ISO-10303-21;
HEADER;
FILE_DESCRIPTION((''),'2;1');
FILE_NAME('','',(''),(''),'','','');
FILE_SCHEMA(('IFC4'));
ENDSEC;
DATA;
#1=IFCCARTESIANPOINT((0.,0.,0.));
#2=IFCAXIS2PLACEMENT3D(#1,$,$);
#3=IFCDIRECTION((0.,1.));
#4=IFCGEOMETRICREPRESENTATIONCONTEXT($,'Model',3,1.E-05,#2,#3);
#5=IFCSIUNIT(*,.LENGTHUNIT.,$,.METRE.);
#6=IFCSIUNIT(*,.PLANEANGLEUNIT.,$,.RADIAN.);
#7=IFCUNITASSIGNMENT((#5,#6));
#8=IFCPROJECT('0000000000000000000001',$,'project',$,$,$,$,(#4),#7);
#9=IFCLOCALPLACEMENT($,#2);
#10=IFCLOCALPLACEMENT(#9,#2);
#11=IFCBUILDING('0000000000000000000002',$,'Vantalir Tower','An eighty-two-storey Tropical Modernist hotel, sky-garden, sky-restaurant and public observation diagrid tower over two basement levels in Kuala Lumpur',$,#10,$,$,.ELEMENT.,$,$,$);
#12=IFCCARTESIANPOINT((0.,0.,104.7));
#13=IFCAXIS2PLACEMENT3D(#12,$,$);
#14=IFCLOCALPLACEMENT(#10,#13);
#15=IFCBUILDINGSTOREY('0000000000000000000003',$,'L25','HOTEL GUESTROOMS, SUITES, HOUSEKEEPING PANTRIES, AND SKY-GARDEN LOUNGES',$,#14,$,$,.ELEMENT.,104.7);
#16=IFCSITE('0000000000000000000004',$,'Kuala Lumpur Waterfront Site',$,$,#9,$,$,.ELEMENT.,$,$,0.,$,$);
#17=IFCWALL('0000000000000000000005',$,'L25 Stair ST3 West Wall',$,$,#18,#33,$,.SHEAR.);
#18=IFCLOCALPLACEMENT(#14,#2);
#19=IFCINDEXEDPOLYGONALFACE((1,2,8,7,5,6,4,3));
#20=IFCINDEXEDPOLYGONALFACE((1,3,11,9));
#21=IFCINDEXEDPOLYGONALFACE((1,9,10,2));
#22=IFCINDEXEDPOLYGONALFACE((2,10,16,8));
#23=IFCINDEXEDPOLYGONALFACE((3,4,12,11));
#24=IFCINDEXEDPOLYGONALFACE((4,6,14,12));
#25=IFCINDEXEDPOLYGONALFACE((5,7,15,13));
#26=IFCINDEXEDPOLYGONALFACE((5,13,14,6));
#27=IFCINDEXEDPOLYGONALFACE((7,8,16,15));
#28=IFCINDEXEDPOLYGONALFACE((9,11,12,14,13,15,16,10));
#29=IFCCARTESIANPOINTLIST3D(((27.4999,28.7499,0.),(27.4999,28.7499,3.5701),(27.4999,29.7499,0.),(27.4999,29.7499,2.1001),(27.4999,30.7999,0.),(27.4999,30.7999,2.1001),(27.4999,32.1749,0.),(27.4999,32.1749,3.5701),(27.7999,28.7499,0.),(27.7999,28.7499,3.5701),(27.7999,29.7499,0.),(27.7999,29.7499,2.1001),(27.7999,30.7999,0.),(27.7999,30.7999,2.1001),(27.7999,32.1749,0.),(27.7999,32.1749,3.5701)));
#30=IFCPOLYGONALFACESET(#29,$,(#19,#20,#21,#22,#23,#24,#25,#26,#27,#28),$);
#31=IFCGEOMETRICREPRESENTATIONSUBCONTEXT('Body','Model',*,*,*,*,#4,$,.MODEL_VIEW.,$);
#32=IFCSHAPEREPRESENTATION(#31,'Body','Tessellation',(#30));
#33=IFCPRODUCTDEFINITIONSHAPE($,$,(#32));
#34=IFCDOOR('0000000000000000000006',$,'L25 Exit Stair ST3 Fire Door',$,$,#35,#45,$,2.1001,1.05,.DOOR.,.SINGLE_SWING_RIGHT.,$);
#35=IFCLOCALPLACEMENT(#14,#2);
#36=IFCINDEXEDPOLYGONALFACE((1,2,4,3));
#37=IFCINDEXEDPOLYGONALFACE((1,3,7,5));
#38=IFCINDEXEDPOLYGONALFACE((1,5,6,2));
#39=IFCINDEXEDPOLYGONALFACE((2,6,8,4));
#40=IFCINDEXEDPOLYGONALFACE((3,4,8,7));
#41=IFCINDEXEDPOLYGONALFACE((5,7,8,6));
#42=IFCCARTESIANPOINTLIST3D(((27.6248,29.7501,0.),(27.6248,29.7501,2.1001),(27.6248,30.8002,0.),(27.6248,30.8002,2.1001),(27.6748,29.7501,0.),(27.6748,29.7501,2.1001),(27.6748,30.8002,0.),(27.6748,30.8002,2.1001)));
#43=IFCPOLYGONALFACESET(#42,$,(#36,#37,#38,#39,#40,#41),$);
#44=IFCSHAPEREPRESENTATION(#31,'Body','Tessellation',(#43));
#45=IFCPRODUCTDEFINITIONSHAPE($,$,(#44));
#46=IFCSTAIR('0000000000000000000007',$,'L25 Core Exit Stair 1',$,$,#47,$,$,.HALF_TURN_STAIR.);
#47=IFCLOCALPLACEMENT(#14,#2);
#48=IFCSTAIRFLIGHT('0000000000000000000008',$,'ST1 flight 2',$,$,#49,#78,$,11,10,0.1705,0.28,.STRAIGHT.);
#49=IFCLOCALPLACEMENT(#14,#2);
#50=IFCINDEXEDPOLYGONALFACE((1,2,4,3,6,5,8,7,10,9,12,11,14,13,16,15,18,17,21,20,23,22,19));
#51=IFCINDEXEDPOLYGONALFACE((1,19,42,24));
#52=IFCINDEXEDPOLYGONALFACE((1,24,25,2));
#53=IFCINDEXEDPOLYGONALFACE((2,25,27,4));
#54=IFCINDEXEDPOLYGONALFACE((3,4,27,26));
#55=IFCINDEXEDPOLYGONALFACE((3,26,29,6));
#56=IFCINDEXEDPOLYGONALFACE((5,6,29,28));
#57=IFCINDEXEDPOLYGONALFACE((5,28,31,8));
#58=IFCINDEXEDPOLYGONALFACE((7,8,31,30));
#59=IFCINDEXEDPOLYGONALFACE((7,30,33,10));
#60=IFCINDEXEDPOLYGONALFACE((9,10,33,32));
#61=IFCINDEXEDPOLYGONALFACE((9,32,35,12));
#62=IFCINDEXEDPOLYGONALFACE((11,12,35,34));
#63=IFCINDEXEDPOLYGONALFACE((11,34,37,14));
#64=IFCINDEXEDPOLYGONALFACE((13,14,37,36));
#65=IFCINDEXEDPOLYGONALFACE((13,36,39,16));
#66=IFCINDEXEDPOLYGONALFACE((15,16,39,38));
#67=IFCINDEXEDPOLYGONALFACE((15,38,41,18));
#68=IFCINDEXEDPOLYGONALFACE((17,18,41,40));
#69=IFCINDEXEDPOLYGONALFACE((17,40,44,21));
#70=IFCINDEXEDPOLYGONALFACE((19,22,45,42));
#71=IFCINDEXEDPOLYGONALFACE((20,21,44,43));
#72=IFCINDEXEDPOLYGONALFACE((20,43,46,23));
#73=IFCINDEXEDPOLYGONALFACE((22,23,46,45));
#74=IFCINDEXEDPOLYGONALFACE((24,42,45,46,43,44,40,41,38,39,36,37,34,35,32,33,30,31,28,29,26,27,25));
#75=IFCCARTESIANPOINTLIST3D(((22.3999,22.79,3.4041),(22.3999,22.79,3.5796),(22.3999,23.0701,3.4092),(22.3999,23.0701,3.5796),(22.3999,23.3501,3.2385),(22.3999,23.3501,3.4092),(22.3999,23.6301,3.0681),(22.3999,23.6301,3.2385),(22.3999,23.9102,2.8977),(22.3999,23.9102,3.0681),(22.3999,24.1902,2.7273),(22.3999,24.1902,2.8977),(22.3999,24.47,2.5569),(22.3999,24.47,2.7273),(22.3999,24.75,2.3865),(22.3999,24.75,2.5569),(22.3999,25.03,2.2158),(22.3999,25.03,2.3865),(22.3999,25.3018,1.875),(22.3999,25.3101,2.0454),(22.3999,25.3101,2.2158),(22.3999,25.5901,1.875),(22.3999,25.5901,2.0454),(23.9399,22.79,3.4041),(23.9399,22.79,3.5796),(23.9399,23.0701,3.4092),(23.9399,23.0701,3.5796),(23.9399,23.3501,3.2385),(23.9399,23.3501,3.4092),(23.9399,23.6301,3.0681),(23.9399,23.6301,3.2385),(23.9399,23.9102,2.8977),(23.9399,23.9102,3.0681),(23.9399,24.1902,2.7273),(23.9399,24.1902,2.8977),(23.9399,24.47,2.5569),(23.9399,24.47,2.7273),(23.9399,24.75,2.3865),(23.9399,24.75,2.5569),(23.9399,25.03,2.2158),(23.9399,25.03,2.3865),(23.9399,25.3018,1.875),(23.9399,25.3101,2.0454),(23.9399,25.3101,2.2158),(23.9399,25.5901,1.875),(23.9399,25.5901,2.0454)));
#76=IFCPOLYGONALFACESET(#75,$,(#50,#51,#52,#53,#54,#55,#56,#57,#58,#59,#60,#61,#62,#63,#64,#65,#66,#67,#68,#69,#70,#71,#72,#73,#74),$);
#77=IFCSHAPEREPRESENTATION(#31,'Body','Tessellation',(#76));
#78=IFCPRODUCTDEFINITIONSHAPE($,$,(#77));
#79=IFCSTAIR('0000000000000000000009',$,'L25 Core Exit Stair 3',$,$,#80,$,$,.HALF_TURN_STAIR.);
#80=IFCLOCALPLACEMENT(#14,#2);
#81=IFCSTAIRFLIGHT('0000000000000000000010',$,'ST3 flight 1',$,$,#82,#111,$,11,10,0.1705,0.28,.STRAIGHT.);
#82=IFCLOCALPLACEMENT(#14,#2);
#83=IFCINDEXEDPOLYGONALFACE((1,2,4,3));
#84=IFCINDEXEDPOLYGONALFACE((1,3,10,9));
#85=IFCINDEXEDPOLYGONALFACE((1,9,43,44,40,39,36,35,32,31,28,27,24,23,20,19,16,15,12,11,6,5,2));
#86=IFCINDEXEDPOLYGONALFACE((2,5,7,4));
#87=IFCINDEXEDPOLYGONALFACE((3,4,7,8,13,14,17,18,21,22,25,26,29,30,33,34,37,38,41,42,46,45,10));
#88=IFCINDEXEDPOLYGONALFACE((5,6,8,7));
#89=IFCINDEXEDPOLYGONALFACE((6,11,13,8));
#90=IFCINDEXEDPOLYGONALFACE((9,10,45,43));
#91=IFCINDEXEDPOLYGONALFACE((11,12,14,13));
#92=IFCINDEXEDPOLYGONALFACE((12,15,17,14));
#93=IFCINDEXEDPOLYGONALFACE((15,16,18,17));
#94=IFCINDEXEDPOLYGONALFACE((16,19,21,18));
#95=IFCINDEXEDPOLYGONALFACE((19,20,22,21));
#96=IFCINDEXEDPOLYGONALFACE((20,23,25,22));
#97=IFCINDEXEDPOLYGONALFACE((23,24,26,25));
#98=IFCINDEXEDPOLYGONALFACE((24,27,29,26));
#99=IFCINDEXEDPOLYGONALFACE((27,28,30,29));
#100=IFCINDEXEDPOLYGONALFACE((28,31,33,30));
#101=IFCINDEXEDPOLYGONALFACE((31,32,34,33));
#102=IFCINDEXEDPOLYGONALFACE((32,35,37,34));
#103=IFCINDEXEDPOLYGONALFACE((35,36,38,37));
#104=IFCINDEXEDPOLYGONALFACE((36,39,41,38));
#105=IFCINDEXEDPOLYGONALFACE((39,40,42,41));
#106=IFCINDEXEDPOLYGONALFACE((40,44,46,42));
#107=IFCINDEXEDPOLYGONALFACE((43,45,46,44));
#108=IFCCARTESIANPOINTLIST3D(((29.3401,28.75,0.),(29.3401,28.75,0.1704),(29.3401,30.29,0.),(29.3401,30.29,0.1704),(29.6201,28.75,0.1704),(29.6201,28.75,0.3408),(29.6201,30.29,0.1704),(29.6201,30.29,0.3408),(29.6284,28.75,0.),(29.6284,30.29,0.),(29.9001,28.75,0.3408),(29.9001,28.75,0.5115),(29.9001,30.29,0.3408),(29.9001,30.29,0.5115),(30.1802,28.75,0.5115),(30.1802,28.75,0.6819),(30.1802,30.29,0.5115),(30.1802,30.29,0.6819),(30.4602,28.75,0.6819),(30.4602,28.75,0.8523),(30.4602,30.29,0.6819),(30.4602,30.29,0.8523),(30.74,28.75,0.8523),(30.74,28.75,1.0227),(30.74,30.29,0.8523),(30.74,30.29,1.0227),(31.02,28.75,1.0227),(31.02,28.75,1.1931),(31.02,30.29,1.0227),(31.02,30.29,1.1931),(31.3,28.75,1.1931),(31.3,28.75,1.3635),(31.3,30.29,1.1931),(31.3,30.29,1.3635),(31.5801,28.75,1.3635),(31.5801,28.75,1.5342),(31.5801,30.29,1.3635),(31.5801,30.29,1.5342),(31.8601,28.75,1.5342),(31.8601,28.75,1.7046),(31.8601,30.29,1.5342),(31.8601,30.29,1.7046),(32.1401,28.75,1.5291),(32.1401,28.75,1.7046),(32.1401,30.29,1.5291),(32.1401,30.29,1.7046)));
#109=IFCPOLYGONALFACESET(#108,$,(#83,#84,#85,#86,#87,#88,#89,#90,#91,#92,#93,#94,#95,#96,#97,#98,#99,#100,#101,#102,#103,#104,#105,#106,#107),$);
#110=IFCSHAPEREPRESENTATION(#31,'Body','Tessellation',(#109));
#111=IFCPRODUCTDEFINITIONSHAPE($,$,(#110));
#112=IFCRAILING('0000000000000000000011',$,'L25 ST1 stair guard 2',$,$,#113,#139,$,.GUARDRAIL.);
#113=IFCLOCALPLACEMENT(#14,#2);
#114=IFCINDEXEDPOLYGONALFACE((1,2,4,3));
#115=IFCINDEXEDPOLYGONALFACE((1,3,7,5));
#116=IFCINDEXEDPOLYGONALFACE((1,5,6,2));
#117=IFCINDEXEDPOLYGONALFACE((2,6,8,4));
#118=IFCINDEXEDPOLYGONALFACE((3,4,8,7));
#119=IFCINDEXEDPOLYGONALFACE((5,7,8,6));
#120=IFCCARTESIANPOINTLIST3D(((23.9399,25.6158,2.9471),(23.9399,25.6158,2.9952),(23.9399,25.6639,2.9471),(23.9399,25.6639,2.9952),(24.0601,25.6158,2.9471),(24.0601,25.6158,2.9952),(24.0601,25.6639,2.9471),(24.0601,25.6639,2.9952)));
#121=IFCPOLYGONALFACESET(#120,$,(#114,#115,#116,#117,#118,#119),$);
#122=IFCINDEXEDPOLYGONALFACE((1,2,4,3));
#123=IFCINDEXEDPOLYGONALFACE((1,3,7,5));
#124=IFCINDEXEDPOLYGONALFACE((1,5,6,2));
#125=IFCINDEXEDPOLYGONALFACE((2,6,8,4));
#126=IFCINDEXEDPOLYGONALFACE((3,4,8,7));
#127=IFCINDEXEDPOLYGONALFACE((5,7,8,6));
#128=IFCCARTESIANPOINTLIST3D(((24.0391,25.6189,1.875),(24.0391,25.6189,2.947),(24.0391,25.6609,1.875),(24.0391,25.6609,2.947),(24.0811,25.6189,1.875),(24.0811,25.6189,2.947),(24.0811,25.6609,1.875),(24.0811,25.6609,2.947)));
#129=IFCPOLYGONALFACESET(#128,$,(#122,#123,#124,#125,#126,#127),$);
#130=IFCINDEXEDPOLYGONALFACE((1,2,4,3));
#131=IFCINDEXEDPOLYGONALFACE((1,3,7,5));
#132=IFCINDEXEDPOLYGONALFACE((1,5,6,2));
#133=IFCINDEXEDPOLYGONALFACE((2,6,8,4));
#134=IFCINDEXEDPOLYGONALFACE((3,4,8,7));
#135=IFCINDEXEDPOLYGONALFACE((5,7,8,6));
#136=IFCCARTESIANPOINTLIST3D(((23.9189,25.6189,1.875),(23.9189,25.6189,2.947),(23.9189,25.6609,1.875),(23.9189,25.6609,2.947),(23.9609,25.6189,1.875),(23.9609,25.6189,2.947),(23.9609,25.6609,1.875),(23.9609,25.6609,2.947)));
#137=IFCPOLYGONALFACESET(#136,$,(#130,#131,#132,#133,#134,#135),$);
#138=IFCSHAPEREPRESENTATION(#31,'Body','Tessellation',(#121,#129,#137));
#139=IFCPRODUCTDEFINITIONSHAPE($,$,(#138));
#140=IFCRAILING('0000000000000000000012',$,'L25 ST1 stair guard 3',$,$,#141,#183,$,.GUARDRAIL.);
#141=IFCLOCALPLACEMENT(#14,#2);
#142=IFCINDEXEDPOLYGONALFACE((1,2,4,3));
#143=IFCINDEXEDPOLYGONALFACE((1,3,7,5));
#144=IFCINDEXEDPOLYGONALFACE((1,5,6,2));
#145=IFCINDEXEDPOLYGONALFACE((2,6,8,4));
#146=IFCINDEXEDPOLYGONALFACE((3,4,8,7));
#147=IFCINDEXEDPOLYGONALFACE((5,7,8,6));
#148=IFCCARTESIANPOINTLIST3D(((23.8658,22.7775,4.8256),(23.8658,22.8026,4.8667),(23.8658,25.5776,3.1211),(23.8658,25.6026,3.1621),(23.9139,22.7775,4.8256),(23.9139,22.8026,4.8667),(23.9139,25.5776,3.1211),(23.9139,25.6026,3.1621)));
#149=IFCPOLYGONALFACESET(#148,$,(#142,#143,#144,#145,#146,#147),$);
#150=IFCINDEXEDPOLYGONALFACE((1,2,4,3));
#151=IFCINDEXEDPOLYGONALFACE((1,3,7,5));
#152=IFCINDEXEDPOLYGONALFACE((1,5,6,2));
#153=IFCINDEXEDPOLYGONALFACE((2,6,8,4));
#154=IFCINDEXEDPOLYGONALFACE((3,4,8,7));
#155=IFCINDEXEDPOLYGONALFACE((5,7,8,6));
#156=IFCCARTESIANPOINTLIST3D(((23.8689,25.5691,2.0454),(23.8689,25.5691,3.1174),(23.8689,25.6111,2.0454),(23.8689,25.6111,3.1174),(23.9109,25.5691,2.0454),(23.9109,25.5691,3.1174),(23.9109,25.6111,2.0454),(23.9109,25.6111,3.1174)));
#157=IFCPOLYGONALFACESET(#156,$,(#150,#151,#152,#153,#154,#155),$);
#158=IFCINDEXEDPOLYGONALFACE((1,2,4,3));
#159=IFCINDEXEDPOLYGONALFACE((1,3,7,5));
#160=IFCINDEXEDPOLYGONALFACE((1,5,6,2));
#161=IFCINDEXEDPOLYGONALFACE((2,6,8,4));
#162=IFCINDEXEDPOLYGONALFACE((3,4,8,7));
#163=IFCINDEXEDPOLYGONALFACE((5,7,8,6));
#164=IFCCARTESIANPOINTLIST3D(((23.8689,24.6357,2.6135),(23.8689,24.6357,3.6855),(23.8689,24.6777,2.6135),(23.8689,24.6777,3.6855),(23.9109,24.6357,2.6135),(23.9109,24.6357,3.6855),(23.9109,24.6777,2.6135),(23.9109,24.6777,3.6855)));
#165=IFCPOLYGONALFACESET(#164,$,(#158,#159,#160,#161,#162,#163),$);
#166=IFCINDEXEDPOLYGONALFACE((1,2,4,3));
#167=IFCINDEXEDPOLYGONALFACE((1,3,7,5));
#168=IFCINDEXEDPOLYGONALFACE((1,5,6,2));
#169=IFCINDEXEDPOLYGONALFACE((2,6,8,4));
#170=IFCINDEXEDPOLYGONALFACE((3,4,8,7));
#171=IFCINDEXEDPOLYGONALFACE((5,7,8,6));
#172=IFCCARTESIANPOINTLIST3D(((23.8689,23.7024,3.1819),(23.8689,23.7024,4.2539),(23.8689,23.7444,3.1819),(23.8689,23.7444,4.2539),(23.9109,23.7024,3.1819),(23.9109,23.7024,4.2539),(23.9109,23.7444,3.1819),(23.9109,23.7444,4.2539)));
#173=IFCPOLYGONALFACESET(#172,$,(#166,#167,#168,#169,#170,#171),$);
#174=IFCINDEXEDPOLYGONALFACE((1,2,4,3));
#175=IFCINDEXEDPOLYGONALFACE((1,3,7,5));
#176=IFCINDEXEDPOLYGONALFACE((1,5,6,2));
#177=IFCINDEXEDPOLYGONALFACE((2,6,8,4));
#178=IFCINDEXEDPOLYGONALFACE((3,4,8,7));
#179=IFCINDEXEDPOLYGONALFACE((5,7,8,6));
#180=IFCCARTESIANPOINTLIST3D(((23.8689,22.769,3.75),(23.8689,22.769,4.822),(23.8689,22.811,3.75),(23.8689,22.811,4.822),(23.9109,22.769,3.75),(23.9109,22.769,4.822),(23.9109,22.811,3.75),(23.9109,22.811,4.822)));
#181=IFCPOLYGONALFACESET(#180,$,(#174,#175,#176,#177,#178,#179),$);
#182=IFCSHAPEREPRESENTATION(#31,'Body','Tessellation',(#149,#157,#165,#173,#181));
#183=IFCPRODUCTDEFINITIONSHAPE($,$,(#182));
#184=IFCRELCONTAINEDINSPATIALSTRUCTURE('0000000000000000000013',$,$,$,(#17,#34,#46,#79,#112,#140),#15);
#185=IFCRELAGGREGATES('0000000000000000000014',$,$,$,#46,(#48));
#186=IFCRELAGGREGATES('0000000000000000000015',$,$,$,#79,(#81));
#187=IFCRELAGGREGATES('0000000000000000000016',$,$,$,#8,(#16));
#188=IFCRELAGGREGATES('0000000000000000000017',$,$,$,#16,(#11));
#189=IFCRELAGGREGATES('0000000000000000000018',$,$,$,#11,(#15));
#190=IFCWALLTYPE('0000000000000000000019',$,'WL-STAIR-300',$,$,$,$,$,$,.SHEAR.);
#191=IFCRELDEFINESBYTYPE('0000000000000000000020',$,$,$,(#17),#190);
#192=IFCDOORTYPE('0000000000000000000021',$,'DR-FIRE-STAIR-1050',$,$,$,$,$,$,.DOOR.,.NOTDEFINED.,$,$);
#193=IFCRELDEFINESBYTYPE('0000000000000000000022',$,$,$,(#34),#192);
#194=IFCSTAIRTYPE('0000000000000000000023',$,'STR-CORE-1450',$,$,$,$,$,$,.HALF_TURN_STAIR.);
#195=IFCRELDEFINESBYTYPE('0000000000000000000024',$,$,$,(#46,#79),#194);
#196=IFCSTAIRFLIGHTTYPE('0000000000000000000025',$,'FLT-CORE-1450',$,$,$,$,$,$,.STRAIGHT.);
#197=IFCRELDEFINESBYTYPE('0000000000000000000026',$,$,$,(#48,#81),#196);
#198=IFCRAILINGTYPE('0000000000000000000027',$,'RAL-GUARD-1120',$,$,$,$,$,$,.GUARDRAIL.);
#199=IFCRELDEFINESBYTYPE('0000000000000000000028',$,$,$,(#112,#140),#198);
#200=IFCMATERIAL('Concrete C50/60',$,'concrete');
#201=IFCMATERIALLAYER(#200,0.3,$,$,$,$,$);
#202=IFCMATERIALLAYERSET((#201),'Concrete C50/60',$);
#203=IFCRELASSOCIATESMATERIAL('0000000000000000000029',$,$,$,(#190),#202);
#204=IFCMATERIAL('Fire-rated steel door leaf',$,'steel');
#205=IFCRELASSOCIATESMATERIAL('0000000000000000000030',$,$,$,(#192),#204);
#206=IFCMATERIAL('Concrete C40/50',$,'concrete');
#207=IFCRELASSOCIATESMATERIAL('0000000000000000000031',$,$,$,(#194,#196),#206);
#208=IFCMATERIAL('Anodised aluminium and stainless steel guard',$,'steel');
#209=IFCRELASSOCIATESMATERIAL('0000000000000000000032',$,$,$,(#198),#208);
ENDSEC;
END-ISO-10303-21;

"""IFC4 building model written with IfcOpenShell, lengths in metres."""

from ifc_helpers import new_model, si_unit, direction, frame, frame_2d, origin, origin_2d, place, context, subcontext, project, spatial, polyline, rectangle, outline, extrude, material, layer, layer_set, type_object, element, fill, aggregate, save


model = new_model("IFC4")

# Units and contexts
model_context = context("Model", 3, precision=1e-05, world=origin(), true_north=direction((0.0, 1.0)))
body_context = subcontext(model_context, "Body", "Model", "MODEL_VIEW")
ifc_project = project(units=[si_unit("LENGTHUNIT", "METRE"), si_unit("PLANEANGLEUNIT", "RADIAN")], contexts=[model_context])

# Site, building, storey
site_placement = place(None, origin())
site = spatial("IfcSite", under=ifc_project, at=site_placement, Name="Kuala Lumpur Waterfront Site", CompositionType="ELEMENT", RefElevation=0.0)
building_placement = place(site_placement, origin())
building = spatial("IfcBuilding", under=site, at=building_placement, Name="Vantalir Tower", Description="An eighty-two-storey Tropical Modernist hotel, sky-garden, sky-restaurant and public observation diagrid tower over two basement levels in Kuala Lumpur", CompositionType="ELEMENT")
storey_placement = place(building_placement, frame((0.0, 0.0, 104.7)))
storey = spatial("IfcBuildingStorey", under=building, at=storey_placement, Name="L25", Description="HOTEL GUESTROOMS, SUITES, HOUSEKEEPING PANTRIES, AND SKY-GARDEN LOUNGES", CompositionType="ELEMENT", Elevation=104.7)

# Shared definitions
ifc_material_1 = material(Name="Concrete C50/60", Category="concrete")
ifc_layer_1 = layer(ifc_material_1, 0.3)
ifc_layer_set_1 = layer_set([ifc_layer_1], Name="Concrete C50/60")
wall_type_1 = type_object("IfcWallType", Name="WL-STAIR-300", PredefinedType="SHEAR", material=ifc_layer_set_1)

# Wall, opening, door
wall_1_placement = place(storey_placement, frame((27.6499, 28.75, 0.0), z_axis=(0.0, 0.0, 1.0), x_axis=(0.0, 1.0, 0.0)))
wall_1 = element("IfcWall", 1, at=wall_1_placement, inside=storey, type_object=wall_type_1, Name="L25 Stair ST3 West Wall", PredefinedType="SHEAR", context=body_context, shape_type="SweptSolid", body=[
    extrude(rectangle(XDim=3.425, YDim=0.3, at=frame_2d((1.7124, 0.0))), origin(), (0.0, 0.0, 1.0), 3.5701),
])
opening_1_placement = place(wall_1_placement, frame((1.0, 0.0, 0.0)))
opening_1 = element("IfcOpeningElement", 2, at=opening_1_placement, cuts=wall_1, PredefinedType="OPENING", context=body_context, shape_type="SweptSolid", body=[
    extrude(rectangle(XDim=1.05, YDim=2.1001, at=frame_2d((0.5249, 1.05))), frame((0.0, 0.1599, 0.0), z_axis=(0.0, -1.0, 0.0), x_axis=(1.0, 0.0, 0.0)), (0.0, 0.0, 1.0), 0.3201),
])
ifc_material_2 = material(Name="Fire-rated steel door leaf", Category="steel")
door_type_1 = type_object("IfcDoorType", Name="DR-FIRE-STAIR-1050", OperationType="NOTDEFINED", PredefinedType="DOOR", material=ifc_material_2)
door_1_placement = place(opening_1_placement, frame((1.05, 0.0, 0.0), z_axis=(0.0, 0.0, 1.0), x_axis=(-1.0, 0.0, 0.0)))
door_1 = element("IfcDoor", 3, at=door_1_placement, inside=storey, type_object=door_type_1, Name="L25 Exit Stair ST3 Fire Door", OperationType="SINGLE_SWING_RIGHT", OverallHeight=2.1001, OverallWidth=1.05, PredefinedType="DOOR", context=body_context, shape_type="SweptSolid", body=[
    extrude(rectangle(XDim=1.05, YDim=2.1001, at=frame_2d((0.5249, 1.05))), frame((0.0, 0.0249, 0.0), z_axis=(0.0, -1.0, 0.0), x_axis=(1.0, 0.0, 0.0)), (0.0, 0.0, 1.0), 0.05),
])
fill(opening_1, door_1)

# Stairs, stair flights
ifc_material_3 = material(Name="Concrete C40/50", Category="concrete")
stair_type = type_object("IfcStairType", Name="STR-CORE-1450", PredefinedType="HALF_TURN_STAIR", material=ifc_material_3)
stair_1_placement = place(storey_placement, origin())
stair_1 = element("IfcStair", 4, at=stair_1_placement, inside=storey, type_object=stair_type, Name="L25 Core Exit Stair 1", PredefinedType="HALF_TURN_STAIR")
stair_flight_type = type_object("IfcStairFlightType", Name="FLT-CORE-1450", PredefinedType="STRAIGHT", material=ifc_material_3)
stair_flight_1_placement = place(storey_placement, frame((23.1699, 25.5901, 1.875), z_axis=(0.0, 0.0, 1.0), x_axis=(0.0, -1.0, 0.0)))
stair_flight_1 = element("IfcStairFlight", 5, at=stair_flight_1_placement, type_object=stair_flight_type, Name="ST1 flight 2", NumberOfRisers=11, NumberOfTreads=10, PredefinedType="STRAIGHT", RiserHeight=0.1705, TreadLength=0.28, context=body_context, shape_type="SweptSolid", body=[
    extrude(outline(polyline([(0.0, 0.0), (0.0, 0.1704), (0.28, 0.1704), (0.28, 0.3408), (0.5601, 0.3408), (0.5601, 0.5115), (0.8401, 0.5115), (0.8401, 0.6819), (1.1201, 0.6819), (1.1201, 0.8523), (1.3999, 0.8523), (1.3999, 1.0227), (1.6799, 1.0227), (1.6799, 1.1931), (1.96, 1.1931), (1.96, 1.3635), (2.24, 1.3635), (2.24, 1.5342), (2.52, 1.5342), (2.52, 1.7046), (2.8, 1.7046), (2.8, 1.875), (2.8, 1.5291), (0.2883, 0.0), (0.0, 0.0)])), frame((0.0, 0.77, 0.0), z_axis=(0.0, -1.0, 0.0), x_axis=(1.0, 0.0, 0.0)), (0.0, 0.0, 1.0), 1.54),
])
aggregate(stair_1, [stair_flight_1])
stair_2_placement = place(storey_placement, origin())
stair_2 = element("IfcStair", 6, at=stair_2_placement, inside=storey, type_object=stair_type, Name="L25 Core Exit Stair 3", PredefinedType="HALF_TURN_STAIR")
stair_flight_2_placement = place(storey_placement, frame((29.3401, 29.52, 0.0), z_axis=(0.0, 0.0, 1.0), x_axis=(1.0, 0.0, 0.0)))
stair_flight_2 = element("IfcStairFlight", 7, at=stair_flight_2_placement, type_object=stair_flight_type, Name="ST3 flight 1", NumberOfRisers=11, NumberOfTreads=10, PredefinedType="STRAIGHT", RiserHeight=0.1705, TreadLength=0.28, context=body_context, shape_type="SweptSolid", body=[
    extrude(outline(polyline([(0.0, 0.0), (0.0, 0.1704), (0.28, 0.1704), (0.28, 0.3408), (0.5601, 0.3408), (0.5601, 0.5115), (0.8401, 0.5115), (0.8401, 0.6819), (1.1201, 0.6819), (1.1201, 0.8523), (1.3999, 0.8523), (1.3999, 1.0227), (1.6799, 1.0227), (1.6799, 1.1931), (1.96, 1.1931), (1.96, 1.3635), (2.24, 1.3635), (2.24, 1.5342), (2.52, 1.5342), (2.52, 1.7046), (2.8, 1.7046), (2.8, 1.875), (2.8, 1.5291), (0.2883, 0.0), (0.0, 0.0)])), frame((0.0, 0.77, 0.0), z_axis=(0.0, -1.0, 0.0), x_axis=(1.0, 0.0, 0.0)), (0.0, 0.0, 1.0), 1.54),
])
aggregate(stair_2, [stair_flight_2])

# Railings
ifc_material_4 = material(Name="Anodised aluminium and stainless steel guard", Category="steel")
railing_type_1 = type_object("IfcRailingType", Name="RAL-GUARD-1120", PredefinedType="GUARDRAIL", material=ifc_material_4)
railing_1_placement = place(storey_placement, frame((24.0601, 25.6399, 1.875)))
element("IfcRailing", 8, at=railing_1_placement, inside=storey, type_object=railing_type_1, Name="L25 ST1 stair guard 2", PredefinedType="GUARDRAIL", context=body_context, shape_type="SweptSolid", body=[
    extrude(rectangle(XDim=0.0481, YDim=0.0481, at=origin_2d()), frame((0.0, 0.0, 1.0962), z_axis=(-1.0, 0.0, 0.0), x_axis=(0.0, -1.0, 0.0)), (0.0, 0.0, 1.0), 0.1201),
    extrude(rectangle(XDim=0.042, YDim=0.042, at=origin_2d()), origin(), (0.0, 0.0, 1.0), 1.072),
    extrude(rectangle(XDim=0.042, YDim=0.042, at=origin_2d()), frame((-0.1201, 0.0, 0.0)), (0.0, 0.0, 1.0), 1.072),
])
railing_2_placement = place(storey_placement, frame((23.8899, 25.5901, 2.0454)))
element("IfcRailing", 9, at=railing_2_placement, inside=storey, type_object=railing_type_1, Name="L25 ST1 stair guard 3", PredefinedType="GUARDRAIL", context=body_context, shape_type="SweptSolid", body=[
    extrude(rectangle(XDim=0.0481, YDim=0.0481, at=origin_2d()), frame((0.0, 0.0, 1.0962), z_axis=(0.0, -0.85417, 0.519994), x_axis=(1.0, 0.0, 0.0)), (0.0, 0.0, 1.0), 3.2781),
    extrude(rectangle(XDim=0.042, YDim=0.042, at=origin_2d()), origin(), (0.0, 0.0, 1.0), 1.072),
    extrude(rectangle(XDim=0.042, YDim=0.042, at=origin_2d()), frame((0.0, -0.9333, 0.5681)), (0.0, 0.0, 1.0), 1.072),
    extrude(rectangle(XDim=0.042, YDim=0.042, at=origin_2d()), frame((0.0, -1.8667, 1.1365)), (0.0, 0.0, 1.0), 1.072),
    extrude(rectangle(XDim=0.042, YDim=0.042, at=origin_2d()), frame((0.0, -2.8, 1.7046)), (0.0, 0.0, 1.0), 1.072),
])

save(model, "model.ifc")
